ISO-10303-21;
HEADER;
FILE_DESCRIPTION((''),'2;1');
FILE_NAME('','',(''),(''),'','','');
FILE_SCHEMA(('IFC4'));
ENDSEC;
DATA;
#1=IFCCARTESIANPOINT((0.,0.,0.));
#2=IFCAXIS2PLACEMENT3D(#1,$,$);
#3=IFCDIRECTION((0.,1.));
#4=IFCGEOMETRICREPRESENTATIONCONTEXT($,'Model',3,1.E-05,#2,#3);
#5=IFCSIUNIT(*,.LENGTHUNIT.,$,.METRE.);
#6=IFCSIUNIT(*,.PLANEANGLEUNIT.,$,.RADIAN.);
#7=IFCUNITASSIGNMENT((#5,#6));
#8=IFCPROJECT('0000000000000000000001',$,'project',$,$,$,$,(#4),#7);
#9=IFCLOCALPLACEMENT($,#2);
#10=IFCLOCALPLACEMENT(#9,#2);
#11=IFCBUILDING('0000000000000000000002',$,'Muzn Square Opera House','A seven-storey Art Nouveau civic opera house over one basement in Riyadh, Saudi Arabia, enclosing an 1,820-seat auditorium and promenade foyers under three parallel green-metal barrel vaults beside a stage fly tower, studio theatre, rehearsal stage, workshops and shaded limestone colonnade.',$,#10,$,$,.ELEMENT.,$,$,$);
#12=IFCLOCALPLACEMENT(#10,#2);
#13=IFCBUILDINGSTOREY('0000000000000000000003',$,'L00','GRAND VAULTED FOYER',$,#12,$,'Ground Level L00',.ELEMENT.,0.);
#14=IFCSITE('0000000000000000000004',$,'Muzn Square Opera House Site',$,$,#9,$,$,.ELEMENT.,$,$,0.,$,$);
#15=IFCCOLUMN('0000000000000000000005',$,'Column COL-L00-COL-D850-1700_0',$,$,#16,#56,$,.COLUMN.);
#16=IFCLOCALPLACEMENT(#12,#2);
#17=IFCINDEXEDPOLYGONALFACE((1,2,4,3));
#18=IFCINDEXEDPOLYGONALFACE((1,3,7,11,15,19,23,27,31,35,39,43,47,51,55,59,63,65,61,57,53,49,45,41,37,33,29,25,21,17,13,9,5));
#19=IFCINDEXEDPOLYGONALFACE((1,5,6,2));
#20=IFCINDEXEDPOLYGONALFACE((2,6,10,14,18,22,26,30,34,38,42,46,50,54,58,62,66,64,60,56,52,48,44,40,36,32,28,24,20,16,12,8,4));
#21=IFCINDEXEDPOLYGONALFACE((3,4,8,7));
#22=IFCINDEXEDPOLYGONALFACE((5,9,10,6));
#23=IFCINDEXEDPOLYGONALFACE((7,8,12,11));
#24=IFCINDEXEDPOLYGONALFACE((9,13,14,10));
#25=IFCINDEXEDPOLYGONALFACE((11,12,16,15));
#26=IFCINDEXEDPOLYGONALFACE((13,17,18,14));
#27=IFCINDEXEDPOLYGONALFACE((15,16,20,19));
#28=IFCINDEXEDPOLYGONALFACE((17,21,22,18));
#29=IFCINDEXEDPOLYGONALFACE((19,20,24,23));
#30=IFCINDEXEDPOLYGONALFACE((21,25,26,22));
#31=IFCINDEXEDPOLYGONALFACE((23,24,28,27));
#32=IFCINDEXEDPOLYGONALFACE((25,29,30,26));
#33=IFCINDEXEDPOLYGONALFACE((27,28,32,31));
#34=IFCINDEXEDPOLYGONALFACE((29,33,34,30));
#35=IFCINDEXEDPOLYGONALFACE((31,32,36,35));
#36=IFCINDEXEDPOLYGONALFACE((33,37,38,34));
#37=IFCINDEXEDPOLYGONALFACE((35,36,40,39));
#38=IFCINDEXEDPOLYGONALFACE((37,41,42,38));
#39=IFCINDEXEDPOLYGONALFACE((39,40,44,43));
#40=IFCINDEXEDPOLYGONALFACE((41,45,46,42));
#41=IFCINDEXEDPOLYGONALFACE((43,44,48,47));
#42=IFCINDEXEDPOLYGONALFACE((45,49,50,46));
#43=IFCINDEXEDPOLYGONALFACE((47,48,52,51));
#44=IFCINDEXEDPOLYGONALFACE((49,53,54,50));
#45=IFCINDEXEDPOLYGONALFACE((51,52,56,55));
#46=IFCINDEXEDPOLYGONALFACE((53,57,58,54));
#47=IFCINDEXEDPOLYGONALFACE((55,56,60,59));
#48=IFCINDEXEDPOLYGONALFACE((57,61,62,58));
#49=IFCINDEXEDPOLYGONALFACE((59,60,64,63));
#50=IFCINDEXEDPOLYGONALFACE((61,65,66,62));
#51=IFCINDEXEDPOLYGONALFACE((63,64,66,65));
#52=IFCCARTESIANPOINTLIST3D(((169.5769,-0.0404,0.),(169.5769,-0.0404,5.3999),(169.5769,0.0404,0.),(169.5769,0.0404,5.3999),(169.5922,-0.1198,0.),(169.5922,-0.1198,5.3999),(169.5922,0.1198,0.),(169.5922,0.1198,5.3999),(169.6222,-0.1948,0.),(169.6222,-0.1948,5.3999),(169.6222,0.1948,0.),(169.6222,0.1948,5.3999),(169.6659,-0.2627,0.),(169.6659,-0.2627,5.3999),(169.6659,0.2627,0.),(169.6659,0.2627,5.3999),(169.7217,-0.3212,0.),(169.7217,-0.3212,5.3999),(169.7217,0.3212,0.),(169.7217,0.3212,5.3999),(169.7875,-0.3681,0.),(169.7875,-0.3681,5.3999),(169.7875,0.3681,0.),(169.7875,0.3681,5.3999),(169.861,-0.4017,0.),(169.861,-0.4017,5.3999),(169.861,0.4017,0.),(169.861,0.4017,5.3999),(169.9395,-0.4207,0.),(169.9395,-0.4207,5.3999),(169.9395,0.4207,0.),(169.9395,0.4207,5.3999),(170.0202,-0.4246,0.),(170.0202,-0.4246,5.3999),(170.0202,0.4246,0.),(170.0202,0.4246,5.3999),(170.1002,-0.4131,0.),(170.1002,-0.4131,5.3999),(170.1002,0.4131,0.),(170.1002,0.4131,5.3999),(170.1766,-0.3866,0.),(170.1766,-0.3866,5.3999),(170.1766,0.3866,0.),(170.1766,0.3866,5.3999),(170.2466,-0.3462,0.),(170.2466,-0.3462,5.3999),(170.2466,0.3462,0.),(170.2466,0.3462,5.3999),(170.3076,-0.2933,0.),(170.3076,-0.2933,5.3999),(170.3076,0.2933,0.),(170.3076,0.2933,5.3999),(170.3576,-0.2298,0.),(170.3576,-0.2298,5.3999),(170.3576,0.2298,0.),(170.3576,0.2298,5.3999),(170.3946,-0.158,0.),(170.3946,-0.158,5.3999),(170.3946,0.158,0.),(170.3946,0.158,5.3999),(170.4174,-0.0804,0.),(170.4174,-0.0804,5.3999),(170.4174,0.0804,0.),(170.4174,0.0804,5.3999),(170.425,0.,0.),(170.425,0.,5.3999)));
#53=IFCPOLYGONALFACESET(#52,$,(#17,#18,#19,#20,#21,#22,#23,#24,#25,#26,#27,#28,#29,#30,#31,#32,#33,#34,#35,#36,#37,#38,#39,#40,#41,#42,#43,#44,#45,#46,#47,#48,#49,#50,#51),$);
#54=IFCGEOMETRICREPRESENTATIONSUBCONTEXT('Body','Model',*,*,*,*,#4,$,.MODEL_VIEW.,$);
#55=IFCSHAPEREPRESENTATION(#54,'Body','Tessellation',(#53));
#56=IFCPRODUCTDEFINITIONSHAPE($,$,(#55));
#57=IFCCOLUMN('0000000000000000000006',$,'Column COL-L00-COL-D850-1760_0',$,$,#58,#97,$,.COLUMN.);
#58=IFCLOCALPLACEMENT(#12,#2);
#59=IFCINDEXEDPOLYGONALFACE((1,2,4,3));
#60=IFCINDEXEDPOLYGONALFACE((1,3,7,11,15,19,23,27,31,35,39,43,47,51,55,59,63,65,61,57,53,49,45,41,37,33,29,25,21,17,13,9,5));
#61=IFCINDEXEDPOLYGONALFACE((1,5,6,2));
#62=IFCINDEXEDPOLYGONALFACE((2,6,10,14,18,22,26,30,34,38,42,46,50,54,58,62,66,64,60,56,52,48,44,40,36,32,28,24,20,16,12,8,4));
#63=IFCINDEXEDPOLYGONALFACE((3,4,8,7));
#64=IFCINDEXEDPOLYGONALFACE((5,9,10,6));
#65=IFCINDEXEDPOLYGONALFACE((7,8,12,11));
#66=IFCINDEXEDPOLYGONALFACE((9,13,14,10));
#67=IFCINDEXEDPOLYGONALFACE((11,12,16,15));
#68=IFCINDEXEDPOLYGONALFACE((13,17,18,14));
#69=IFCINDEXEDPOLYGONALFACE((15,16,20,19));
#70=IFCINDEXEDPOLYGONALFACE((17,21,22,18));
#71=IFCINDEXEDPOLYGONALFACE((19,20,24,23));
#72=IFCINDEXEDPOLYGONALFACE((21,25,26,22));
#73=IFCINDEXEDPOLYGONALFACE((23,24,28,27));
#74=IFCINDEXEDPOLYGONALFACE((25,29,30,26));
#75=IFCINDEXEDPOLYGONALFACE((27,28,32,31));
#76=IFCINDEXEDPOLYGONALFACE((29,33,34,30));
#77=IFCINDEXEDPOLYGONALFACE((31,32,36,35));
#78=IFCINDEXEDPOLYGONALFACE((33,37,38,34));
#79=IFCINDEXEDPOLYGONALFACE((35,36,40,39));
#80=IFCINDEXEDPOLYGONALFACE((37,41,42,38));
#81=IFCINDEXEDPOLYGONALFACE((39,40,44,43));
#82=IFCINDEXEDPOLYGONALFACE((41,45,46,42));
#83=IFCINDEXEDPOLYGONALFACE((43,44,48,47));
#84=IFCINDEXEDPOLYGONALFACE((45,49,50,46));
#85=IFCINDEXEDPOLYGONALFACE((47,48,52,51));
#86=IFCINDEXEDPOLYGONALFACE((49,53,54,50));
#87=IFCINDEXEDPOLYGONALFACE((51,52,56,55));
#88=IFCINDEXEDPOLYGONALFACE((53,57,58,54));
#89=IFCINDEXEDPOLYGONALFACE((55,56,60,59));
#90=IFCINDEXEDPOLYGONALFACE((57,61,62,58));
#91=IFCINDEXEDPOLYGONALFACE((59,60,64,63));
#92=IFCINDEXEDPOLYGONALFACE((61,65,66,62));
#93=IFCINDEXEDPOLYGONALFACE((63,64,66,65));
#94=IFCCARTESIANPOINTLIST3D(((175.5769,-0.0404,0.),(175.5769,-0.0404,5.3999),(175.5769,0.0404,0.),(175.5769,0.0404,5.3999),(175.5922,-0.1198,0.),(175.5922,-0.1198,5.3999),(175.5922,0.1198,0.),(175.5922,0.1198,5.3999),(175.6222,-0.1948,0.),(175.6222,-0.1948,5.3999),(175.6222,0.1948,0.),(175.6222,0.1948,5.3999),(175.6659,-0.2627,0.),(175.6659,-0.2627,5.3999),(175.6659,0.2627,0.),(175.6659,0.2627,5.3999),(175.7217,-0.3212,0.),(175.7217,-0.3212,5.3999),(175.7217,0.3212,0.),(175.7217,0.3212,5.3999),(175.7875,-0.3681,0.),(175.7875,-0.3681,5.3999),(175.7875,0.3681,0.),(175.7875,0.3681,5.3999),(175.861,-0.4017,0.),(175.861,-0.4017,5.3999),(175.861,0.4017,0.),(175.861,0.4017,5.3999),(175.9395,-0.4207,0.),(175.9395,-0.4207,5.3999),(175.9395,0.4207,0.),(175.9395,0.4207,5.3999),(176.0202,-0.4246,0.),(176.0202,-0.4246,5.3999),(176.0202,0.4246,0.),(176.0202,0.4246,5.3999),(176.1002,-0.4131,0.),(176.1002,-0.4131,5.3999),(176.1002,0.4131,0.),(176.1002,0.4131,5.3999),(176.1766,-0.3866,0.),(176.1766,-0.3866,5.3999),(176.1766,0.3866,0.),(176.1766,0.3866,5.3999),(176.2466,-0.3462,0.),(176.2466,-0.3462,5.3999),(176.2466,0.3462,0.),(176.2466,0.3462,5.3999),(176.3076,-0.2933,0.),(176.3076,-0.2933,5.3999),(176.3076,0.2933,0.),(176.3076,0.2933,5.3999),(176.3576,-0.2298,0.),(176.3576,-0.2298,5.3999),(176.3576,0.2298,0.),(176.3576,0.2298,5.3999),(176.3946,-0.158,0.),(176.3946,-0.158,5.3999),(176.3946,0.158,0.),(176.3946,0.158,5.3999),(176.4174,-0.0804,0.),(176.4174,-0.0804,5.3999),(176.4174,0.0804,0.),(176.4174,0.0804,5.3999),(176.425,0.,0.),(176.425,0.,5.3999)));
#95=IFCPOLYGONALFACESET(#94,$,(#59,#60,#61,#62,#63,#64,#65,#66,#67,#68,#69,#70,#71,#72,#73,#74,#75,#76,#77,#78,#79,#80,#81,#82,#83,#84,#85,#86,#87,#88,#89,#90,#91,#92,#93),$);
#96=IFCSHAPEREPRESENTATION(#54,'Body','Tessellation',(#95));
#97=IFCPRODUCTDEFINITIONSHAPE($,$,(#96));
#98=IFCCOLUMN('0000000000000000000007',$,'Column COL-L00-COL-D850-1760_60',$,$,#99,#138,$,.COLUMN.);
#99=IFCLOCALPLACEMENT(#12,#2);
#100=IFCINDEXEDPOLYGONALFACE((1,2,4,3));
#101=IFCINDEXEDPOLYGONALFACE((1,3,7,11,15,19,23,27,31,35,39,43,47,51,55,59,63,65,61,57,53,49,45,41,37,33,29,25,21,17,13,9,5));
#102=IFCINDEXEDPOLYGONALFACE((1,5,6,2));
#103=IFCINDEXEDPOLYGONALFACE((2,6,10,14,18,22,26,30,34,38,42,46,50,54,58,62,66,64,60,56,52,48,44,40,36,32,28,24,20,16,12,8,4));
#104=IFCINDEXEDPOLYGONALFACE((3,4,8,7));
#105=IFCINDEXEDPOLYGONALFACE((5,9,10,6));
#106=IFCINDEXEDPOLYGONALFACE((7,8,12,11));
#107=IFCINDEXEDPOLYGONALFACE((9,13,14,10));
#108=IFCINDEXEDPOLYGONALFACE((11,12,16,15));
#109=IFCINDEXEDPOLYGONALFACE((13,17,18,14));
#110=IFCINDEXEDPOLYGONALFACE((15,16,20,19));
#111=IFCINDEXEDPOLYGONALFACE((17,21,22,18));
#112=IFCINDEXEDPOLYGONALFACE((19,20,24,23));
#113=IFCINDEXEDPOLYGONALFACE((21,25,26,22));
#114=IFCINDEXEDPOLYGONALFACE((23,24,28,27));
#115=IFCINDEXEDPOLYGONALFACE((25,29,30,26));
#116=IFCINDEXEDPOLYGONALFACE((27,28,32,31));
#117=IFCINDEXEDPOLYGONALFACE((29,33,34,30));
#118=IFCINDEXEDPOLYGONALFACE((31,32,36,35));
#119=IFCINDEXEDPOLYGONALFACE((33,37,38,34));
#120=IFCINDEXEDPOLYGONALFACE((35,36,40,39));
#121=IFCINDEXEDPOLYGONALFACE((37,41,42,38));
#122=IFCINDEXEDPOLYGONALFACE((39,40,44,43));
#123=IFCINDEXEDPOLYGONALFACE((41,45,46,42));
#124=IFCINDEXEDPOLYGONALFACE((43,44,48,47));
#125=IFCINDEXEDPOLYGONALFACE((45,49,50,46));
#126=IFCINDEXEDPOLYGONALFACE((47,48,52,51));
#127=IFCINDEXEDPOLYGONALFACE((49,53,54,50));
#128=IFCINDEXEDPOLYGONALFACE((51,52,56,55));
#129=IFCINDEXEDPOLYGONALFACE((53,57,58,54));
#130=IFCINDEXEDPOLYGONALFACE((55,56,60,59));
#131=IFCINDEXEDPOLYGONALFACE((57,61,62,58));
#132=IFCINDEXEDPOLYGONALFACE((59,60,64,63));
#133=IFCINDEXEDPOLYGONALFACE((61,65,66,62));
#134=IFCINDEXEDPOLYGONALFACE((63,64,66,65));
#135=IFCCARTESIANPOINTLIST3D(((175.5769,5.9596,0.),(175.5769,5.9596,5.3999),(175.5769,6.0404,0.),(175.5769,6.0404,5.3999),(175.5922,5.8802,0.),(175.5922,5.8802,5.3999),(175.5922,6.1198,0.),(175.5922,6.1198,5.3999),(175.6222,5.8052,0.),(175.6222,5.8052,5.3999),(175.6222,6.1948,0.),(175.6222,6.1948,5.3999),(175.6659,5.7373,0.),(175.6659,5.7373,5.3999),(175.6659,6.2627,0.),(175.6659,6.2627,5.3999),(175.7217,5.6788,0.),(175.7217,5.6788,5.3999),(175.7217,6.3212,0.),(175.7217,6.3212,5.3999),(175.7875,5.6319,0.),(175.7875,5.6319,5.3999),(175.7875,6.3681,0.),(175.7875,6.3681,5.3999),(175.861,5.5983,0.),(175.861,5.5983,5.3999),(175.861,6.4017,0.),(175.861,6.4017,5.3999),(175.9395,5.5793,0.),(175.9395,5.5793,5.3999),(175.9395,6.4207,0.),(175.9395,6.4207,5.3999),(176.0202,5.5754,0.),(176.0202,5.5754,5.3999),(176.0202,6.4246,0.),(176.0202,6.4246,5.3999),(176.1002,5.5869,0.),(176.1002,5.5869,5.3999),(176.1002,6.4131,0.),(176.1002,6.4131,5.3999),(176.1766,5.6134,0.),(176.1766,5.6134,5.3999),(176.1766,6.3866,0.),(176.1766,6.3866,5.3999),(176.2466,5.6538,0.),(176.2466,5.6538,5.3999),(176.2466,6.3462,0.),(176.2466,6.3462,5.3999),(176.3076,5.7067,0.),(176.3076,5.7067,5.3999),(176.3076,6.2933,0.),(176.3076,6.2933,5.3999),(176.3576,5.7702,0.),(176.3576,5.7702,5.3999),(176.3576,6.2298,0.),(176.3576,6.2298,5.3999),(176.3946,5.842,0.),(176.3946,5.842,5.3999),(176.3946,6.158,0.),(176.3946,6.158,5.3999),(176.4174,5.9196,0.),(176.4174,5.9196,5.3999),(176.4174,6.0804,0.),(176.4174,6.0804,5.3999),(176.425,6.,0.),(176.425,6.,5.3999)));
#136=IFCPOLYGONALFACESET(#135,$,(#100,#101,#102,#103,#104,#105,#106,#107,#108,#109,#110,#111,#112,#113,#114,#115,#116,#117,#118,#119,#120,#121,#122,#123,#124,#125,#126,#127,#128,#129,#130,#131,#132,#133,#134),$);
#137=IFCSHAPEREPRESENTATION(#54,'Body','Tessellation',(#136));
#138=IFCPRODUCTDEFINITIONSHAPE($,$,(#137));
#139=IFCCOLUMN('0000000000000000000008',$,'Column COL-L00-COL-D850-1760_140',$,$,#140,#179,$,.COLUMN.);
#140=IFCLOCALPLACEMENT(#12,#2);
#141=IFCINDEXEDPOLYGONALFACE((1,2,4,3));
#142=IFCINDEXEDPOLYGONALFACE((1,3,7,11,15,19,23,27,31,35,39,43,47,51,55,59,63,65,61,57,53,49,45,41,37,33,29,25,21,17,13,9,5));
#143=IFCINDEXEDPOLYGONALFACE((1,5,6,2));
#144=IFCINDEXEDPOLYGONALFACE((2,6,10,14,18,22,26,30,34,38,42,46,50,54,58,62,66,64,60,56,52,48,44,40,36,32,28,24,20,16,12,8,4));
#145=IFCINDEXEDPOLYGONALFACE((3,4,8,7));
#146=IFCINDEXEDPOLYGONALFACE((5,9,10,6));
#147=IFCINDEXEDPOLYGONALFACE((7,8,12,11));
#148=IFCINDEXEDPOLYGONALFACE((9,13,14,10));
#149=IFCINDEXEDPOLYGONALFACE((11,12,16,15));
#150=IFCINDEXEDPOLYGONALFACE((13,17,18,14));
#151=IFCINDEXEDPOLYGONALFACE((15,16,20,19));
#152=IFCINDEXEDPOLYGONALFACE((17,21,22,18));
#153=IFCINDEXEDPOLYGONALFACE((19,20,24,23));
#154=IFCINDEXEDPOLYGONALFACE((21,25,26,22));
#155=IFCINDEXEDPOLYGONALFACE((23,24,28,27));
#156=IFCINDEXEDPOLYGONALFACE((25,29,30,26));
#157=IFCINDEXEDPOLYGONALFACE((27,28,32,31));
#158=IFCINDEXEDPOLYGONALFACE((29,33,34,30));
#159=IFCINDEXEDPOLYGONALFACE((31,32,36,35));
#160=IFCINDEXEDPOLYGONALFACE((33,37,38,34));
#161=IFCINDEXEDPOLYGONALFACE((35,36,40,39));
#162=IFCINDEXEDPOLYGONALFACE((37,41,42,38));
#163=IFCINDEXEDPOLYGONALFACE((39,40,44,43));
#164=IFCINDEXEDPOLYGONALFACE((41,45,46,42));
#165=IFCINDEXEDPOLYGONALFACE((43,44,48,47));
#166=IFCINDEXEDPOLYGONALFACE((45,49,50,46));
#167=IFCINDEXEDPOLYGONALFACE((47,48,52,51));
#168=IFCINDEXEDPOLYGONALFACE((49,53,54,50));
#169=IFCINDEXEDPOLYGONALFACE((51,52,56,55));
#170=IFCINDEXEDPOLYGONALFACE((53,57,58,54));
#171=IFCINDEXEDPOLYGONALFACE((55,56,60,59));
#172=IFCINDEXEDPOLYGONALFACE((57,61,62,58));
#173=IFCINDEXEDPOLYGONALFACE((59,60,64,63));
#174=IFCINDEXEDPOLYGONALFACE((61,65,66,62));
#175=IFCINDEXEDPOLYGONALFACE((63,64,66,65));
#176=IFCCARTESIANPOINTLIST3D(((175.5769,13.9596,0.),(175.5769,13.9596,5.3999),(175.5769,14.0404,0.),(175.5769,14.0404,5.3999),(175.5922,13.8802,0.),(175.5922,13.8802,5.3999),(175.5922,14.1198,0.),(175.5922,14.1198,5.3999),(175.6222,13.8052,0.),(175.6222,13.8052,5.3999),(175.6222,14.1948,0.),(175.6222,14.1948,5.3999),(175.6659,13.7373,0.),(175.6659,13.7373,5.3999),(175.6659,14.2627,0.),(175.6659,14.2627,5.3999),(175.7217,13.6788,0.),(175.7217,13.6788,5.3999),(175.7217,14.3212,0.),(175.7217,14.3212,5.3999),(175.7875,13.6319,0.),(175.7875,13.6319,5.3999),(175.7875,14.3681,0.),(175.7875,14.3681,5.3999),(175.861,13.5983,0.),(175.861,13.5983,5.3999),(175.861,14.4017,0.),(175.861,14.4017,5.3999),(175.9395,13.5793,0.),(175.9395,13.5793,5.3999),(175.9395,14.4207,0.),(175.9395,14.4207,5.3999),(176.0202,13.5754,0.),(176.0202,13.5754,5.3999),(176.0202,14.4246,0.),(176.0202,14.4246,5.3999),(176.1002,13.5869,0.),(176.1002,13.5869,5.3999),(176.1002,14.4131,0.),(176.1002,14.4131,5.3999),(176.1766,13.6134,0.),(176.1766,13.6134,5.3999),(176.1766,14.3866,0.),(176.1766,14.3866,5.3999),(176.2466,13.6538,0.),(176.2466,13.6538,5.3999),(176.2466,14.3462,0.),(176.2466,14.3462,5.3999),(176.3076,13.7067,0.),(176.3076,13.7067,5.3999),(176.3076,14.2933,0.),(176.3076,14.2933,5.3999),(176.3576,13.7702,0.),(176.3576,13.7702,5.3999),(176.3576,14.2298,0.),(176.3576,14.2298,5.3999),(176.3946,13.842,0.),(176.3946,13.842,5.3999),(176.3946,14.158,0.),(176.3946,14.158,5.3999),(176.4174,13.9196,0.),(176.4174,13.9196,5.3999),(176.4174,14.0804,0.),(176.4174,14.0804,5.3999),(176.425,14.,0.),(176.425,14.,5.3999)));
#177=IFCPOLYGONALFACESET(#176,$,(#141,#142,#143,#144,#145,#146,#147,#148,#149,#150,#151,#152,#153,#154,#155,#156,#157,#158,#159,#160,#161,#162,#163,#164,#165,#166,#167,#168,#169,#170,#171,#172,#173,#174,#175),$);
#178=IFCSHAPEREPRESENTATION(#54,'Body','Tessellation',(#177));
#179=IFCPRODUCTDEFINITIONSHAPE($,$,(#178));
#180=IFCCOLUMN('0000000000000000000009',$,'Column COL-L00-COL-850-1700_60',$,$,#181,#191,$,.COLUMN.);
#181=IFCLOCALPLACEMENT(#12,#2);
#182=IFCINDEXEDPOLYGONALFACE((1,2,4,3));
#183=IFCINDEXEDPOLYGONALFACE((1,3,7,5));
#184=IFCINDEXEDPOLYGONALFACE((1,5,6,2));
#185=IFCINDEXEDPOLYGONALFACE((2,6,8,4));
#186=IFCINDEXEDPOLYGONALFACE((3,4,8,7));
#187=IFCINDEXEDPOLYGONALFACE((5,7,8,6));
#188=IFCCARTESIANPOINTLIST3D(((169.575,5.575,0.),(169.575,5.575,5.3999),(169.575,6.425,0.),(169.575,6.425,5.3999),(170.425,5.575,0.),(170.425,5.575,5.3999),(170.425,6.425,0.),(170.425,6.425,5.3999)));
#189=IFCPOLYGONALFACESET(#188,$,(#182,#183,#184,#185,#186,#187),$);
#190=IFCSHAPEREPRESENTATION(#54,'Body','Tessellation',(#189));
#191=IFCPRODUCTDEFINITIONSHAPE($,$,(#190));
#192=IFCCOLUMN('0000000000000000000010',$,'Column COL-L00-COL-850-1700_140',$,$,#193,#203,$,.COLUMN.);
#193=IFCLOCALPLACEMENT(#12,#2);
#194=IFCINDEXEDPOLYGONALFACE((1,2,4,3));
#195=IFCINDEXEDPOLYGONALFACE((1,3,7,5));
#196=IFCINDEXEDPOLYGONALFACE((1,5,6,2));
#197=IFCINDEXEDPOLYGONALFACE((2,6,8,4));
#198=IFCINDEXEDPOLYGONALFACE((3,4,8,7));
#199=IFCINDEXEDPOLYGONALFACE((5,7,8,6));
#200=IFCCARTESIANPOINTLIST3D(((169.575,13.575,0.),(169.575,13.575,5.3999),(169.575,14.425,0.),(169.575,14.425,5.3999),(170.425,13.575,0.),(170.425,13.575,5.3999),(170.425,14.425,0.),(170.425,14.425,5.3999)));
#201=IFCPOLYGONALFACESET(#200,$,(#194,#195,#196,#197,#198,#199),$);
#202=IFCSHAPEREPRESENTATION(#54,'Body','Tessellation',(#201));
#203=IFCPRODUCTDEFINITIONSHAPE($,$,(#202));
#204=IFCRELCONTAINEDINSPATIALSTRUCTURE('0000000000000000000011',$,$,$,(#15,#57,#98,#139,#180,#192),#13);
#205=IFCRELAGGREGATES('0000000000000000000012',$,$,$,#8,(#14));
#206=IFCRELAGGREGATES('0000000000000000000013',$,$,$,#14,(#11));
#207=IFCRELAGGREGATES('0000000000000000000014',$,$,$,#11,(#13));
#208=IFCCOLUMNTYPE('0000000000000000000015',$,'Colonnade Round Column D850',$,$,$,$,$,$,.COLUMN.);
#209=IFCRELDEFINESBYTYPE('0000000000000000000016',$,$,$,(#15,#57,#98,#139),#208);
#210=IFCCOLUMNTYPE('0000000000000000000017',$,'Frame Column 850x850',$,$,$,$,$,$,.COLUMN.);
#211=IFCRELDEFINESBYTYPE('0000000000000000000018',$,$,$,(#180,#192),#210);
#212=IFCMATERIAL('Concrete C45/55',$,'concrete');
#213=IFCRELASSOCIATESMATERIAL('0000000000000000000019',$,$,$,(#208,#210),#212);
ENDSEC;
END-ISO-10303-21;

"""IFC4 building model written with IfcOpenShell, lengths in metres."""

from ifc_helpers import new_model, si_unit, direction, frame, origin, origin_2d, place, context, subcontext, project, spatial, rectangle, circle, extrude, material, material_profile, profile_set, type_object, element, save


model = new_model("IFC4")

# Units and contexts
model_context = context("Model", 3, precision=1e-05, world=origin(), true_north=direction((0.0, 1.0)))
body_context = subcontext(model_context, "Body", "Model", "MODEL_VIEW")
ifc_project = project(units=[si_unit("LENGTHUNIT", "METRE"), si_unit("PLANEANGLEUNIT", "RADIAN")], contexts=[model_context])

# Site, building, storey
site_placement = place(None, origin())
site = spatial("IfcSite", under=ifc_project, at=site_placement, Name="Muzn Square Opera House Site", CompositionType="ELEMENT", RefElevation=0.0)
building_placement = place(site_placement, origin())
building = spatial("IfcBuilding", under=site, at=building_placement, Name="Muzn Square Opera House", Description="A seven-storey Art Nouveau civic opera house over one basement in Riyadh, Saudi Arabia, enclosing an 1,820-seat auditorium and promenade foyers under three parallel green-metal barrel vaults beside a stage fly tower, studio theatre, rehearsal stage, workshops and shaded limestone colonnade.", CompositionType="ELEMENT")
storey_placement = place(building_placement, origin())
storey = spatial("IfcBuildingStorey", under=building, at=storey_placement, Name="L00", Description="GRAND VAULTED FOYER", LongName="Ground Level L00", CompositionType="ELEMENT", Elevation=0.0)

# Columns
ifc_material_1 = material(Name="Concrete C45/55", Category="concrete")
ifc_material_profile_1 = material_profile(ifc_material_1, circle(Radius=0.425, at=origin_2d()), Name="RCC D850", Category="concrete")
ifc_profile_set_1 = profile_set([ifc_material_profile_1], Name="Concrete C45/55")
column_type_1 = type_object("IfcColumnType", Name="Colonnade Round Column D850", PredefinedType="COLUMN", material=ifc_profile_set_1)
for number, where, z_axis, x_axis, name in (
    (1, (170.0, 0.0, 0.0), (0.0, 0.0, 1.0), (1.0, 0.0, 0.0), "Column COL-L00-COL-D850-1700_0"),
    (2, (176.0, 0.0, 0.0), (0.0, 0.0, 1.0), (1.0, 0.0, 0.0), "Column COL-L00-COL-D850-1760_0"),
    (3, (176.0, 6.0, 0.0), (0.0, 0.0, 1.0), (1.0, 0.0, 0.0), "Column COL-L00-COL-D850-1760_60"),
    (4, (176.0, 14.0, 0.0), (0.0, 0.0, 1.0), (1.0, 0.0, 0.0), "Column COL-L00-COL-D850-1760_140"),
):
    element("IfcColumn", number, at=place(storey_placement, frame(where, z_axis=z_axis, x_axis=x_axis)), inside=storey, type_object=column_type_1, Name=name, PredefinedType="COLUMN", context=body_context, shape_type="SweptSolid", body=[
        extrude(circle(Radius=0.425, at=origin_2d()), origin(), (0.0, 0.0, 1.0), 5.3999),
    ])
ifc_material_profile_2 = material_profile(ifc_material_1, rectangle(XDim=0.8501, YDim=0.8501, at=origin_2d()), Name="RC 850x850", Category="concrete")
ifc_profile_set_2 = profile_set([ifc_material_profile_2], Name="Concrete C45/55")
column_type_2 = type_object("IfcColumnType", Name="Frame Column 850x850", PredefinedType="COLUMN", material=ifc_profile_set_2)
for number, where, z_axis, x_axis, name in (
    (5, (170.0, 6.0, 0.0), (0.0, 0.0, 1.0), (1.0, 0.0, 0.0), "Column COL-L00-COL-850-1700_60"),
    (6, (170.0, 14.0, 0.0), (0.0, 0.0, 1.0), (1.0, 0.0, 0.0), "Column COL-L00-COL-850-1700_140"),
):
    element("IfcColumn", number, at=place(storey_placement, frame(where, z_axis=z_axis, x_axis=x_axis)), inside=storey, type_object=column_type_2, Name=name, PredefinedType="COLUMN", context=body_context, shape_type="SweptSolid", body=[
        extrude(rectangle(XDim=0.8501, YDim=0.8501, at=origin_2d()), origin(), (0.0, 0.0, 1.0), 5.3999),
    ])

save(model, "model.ifc")
